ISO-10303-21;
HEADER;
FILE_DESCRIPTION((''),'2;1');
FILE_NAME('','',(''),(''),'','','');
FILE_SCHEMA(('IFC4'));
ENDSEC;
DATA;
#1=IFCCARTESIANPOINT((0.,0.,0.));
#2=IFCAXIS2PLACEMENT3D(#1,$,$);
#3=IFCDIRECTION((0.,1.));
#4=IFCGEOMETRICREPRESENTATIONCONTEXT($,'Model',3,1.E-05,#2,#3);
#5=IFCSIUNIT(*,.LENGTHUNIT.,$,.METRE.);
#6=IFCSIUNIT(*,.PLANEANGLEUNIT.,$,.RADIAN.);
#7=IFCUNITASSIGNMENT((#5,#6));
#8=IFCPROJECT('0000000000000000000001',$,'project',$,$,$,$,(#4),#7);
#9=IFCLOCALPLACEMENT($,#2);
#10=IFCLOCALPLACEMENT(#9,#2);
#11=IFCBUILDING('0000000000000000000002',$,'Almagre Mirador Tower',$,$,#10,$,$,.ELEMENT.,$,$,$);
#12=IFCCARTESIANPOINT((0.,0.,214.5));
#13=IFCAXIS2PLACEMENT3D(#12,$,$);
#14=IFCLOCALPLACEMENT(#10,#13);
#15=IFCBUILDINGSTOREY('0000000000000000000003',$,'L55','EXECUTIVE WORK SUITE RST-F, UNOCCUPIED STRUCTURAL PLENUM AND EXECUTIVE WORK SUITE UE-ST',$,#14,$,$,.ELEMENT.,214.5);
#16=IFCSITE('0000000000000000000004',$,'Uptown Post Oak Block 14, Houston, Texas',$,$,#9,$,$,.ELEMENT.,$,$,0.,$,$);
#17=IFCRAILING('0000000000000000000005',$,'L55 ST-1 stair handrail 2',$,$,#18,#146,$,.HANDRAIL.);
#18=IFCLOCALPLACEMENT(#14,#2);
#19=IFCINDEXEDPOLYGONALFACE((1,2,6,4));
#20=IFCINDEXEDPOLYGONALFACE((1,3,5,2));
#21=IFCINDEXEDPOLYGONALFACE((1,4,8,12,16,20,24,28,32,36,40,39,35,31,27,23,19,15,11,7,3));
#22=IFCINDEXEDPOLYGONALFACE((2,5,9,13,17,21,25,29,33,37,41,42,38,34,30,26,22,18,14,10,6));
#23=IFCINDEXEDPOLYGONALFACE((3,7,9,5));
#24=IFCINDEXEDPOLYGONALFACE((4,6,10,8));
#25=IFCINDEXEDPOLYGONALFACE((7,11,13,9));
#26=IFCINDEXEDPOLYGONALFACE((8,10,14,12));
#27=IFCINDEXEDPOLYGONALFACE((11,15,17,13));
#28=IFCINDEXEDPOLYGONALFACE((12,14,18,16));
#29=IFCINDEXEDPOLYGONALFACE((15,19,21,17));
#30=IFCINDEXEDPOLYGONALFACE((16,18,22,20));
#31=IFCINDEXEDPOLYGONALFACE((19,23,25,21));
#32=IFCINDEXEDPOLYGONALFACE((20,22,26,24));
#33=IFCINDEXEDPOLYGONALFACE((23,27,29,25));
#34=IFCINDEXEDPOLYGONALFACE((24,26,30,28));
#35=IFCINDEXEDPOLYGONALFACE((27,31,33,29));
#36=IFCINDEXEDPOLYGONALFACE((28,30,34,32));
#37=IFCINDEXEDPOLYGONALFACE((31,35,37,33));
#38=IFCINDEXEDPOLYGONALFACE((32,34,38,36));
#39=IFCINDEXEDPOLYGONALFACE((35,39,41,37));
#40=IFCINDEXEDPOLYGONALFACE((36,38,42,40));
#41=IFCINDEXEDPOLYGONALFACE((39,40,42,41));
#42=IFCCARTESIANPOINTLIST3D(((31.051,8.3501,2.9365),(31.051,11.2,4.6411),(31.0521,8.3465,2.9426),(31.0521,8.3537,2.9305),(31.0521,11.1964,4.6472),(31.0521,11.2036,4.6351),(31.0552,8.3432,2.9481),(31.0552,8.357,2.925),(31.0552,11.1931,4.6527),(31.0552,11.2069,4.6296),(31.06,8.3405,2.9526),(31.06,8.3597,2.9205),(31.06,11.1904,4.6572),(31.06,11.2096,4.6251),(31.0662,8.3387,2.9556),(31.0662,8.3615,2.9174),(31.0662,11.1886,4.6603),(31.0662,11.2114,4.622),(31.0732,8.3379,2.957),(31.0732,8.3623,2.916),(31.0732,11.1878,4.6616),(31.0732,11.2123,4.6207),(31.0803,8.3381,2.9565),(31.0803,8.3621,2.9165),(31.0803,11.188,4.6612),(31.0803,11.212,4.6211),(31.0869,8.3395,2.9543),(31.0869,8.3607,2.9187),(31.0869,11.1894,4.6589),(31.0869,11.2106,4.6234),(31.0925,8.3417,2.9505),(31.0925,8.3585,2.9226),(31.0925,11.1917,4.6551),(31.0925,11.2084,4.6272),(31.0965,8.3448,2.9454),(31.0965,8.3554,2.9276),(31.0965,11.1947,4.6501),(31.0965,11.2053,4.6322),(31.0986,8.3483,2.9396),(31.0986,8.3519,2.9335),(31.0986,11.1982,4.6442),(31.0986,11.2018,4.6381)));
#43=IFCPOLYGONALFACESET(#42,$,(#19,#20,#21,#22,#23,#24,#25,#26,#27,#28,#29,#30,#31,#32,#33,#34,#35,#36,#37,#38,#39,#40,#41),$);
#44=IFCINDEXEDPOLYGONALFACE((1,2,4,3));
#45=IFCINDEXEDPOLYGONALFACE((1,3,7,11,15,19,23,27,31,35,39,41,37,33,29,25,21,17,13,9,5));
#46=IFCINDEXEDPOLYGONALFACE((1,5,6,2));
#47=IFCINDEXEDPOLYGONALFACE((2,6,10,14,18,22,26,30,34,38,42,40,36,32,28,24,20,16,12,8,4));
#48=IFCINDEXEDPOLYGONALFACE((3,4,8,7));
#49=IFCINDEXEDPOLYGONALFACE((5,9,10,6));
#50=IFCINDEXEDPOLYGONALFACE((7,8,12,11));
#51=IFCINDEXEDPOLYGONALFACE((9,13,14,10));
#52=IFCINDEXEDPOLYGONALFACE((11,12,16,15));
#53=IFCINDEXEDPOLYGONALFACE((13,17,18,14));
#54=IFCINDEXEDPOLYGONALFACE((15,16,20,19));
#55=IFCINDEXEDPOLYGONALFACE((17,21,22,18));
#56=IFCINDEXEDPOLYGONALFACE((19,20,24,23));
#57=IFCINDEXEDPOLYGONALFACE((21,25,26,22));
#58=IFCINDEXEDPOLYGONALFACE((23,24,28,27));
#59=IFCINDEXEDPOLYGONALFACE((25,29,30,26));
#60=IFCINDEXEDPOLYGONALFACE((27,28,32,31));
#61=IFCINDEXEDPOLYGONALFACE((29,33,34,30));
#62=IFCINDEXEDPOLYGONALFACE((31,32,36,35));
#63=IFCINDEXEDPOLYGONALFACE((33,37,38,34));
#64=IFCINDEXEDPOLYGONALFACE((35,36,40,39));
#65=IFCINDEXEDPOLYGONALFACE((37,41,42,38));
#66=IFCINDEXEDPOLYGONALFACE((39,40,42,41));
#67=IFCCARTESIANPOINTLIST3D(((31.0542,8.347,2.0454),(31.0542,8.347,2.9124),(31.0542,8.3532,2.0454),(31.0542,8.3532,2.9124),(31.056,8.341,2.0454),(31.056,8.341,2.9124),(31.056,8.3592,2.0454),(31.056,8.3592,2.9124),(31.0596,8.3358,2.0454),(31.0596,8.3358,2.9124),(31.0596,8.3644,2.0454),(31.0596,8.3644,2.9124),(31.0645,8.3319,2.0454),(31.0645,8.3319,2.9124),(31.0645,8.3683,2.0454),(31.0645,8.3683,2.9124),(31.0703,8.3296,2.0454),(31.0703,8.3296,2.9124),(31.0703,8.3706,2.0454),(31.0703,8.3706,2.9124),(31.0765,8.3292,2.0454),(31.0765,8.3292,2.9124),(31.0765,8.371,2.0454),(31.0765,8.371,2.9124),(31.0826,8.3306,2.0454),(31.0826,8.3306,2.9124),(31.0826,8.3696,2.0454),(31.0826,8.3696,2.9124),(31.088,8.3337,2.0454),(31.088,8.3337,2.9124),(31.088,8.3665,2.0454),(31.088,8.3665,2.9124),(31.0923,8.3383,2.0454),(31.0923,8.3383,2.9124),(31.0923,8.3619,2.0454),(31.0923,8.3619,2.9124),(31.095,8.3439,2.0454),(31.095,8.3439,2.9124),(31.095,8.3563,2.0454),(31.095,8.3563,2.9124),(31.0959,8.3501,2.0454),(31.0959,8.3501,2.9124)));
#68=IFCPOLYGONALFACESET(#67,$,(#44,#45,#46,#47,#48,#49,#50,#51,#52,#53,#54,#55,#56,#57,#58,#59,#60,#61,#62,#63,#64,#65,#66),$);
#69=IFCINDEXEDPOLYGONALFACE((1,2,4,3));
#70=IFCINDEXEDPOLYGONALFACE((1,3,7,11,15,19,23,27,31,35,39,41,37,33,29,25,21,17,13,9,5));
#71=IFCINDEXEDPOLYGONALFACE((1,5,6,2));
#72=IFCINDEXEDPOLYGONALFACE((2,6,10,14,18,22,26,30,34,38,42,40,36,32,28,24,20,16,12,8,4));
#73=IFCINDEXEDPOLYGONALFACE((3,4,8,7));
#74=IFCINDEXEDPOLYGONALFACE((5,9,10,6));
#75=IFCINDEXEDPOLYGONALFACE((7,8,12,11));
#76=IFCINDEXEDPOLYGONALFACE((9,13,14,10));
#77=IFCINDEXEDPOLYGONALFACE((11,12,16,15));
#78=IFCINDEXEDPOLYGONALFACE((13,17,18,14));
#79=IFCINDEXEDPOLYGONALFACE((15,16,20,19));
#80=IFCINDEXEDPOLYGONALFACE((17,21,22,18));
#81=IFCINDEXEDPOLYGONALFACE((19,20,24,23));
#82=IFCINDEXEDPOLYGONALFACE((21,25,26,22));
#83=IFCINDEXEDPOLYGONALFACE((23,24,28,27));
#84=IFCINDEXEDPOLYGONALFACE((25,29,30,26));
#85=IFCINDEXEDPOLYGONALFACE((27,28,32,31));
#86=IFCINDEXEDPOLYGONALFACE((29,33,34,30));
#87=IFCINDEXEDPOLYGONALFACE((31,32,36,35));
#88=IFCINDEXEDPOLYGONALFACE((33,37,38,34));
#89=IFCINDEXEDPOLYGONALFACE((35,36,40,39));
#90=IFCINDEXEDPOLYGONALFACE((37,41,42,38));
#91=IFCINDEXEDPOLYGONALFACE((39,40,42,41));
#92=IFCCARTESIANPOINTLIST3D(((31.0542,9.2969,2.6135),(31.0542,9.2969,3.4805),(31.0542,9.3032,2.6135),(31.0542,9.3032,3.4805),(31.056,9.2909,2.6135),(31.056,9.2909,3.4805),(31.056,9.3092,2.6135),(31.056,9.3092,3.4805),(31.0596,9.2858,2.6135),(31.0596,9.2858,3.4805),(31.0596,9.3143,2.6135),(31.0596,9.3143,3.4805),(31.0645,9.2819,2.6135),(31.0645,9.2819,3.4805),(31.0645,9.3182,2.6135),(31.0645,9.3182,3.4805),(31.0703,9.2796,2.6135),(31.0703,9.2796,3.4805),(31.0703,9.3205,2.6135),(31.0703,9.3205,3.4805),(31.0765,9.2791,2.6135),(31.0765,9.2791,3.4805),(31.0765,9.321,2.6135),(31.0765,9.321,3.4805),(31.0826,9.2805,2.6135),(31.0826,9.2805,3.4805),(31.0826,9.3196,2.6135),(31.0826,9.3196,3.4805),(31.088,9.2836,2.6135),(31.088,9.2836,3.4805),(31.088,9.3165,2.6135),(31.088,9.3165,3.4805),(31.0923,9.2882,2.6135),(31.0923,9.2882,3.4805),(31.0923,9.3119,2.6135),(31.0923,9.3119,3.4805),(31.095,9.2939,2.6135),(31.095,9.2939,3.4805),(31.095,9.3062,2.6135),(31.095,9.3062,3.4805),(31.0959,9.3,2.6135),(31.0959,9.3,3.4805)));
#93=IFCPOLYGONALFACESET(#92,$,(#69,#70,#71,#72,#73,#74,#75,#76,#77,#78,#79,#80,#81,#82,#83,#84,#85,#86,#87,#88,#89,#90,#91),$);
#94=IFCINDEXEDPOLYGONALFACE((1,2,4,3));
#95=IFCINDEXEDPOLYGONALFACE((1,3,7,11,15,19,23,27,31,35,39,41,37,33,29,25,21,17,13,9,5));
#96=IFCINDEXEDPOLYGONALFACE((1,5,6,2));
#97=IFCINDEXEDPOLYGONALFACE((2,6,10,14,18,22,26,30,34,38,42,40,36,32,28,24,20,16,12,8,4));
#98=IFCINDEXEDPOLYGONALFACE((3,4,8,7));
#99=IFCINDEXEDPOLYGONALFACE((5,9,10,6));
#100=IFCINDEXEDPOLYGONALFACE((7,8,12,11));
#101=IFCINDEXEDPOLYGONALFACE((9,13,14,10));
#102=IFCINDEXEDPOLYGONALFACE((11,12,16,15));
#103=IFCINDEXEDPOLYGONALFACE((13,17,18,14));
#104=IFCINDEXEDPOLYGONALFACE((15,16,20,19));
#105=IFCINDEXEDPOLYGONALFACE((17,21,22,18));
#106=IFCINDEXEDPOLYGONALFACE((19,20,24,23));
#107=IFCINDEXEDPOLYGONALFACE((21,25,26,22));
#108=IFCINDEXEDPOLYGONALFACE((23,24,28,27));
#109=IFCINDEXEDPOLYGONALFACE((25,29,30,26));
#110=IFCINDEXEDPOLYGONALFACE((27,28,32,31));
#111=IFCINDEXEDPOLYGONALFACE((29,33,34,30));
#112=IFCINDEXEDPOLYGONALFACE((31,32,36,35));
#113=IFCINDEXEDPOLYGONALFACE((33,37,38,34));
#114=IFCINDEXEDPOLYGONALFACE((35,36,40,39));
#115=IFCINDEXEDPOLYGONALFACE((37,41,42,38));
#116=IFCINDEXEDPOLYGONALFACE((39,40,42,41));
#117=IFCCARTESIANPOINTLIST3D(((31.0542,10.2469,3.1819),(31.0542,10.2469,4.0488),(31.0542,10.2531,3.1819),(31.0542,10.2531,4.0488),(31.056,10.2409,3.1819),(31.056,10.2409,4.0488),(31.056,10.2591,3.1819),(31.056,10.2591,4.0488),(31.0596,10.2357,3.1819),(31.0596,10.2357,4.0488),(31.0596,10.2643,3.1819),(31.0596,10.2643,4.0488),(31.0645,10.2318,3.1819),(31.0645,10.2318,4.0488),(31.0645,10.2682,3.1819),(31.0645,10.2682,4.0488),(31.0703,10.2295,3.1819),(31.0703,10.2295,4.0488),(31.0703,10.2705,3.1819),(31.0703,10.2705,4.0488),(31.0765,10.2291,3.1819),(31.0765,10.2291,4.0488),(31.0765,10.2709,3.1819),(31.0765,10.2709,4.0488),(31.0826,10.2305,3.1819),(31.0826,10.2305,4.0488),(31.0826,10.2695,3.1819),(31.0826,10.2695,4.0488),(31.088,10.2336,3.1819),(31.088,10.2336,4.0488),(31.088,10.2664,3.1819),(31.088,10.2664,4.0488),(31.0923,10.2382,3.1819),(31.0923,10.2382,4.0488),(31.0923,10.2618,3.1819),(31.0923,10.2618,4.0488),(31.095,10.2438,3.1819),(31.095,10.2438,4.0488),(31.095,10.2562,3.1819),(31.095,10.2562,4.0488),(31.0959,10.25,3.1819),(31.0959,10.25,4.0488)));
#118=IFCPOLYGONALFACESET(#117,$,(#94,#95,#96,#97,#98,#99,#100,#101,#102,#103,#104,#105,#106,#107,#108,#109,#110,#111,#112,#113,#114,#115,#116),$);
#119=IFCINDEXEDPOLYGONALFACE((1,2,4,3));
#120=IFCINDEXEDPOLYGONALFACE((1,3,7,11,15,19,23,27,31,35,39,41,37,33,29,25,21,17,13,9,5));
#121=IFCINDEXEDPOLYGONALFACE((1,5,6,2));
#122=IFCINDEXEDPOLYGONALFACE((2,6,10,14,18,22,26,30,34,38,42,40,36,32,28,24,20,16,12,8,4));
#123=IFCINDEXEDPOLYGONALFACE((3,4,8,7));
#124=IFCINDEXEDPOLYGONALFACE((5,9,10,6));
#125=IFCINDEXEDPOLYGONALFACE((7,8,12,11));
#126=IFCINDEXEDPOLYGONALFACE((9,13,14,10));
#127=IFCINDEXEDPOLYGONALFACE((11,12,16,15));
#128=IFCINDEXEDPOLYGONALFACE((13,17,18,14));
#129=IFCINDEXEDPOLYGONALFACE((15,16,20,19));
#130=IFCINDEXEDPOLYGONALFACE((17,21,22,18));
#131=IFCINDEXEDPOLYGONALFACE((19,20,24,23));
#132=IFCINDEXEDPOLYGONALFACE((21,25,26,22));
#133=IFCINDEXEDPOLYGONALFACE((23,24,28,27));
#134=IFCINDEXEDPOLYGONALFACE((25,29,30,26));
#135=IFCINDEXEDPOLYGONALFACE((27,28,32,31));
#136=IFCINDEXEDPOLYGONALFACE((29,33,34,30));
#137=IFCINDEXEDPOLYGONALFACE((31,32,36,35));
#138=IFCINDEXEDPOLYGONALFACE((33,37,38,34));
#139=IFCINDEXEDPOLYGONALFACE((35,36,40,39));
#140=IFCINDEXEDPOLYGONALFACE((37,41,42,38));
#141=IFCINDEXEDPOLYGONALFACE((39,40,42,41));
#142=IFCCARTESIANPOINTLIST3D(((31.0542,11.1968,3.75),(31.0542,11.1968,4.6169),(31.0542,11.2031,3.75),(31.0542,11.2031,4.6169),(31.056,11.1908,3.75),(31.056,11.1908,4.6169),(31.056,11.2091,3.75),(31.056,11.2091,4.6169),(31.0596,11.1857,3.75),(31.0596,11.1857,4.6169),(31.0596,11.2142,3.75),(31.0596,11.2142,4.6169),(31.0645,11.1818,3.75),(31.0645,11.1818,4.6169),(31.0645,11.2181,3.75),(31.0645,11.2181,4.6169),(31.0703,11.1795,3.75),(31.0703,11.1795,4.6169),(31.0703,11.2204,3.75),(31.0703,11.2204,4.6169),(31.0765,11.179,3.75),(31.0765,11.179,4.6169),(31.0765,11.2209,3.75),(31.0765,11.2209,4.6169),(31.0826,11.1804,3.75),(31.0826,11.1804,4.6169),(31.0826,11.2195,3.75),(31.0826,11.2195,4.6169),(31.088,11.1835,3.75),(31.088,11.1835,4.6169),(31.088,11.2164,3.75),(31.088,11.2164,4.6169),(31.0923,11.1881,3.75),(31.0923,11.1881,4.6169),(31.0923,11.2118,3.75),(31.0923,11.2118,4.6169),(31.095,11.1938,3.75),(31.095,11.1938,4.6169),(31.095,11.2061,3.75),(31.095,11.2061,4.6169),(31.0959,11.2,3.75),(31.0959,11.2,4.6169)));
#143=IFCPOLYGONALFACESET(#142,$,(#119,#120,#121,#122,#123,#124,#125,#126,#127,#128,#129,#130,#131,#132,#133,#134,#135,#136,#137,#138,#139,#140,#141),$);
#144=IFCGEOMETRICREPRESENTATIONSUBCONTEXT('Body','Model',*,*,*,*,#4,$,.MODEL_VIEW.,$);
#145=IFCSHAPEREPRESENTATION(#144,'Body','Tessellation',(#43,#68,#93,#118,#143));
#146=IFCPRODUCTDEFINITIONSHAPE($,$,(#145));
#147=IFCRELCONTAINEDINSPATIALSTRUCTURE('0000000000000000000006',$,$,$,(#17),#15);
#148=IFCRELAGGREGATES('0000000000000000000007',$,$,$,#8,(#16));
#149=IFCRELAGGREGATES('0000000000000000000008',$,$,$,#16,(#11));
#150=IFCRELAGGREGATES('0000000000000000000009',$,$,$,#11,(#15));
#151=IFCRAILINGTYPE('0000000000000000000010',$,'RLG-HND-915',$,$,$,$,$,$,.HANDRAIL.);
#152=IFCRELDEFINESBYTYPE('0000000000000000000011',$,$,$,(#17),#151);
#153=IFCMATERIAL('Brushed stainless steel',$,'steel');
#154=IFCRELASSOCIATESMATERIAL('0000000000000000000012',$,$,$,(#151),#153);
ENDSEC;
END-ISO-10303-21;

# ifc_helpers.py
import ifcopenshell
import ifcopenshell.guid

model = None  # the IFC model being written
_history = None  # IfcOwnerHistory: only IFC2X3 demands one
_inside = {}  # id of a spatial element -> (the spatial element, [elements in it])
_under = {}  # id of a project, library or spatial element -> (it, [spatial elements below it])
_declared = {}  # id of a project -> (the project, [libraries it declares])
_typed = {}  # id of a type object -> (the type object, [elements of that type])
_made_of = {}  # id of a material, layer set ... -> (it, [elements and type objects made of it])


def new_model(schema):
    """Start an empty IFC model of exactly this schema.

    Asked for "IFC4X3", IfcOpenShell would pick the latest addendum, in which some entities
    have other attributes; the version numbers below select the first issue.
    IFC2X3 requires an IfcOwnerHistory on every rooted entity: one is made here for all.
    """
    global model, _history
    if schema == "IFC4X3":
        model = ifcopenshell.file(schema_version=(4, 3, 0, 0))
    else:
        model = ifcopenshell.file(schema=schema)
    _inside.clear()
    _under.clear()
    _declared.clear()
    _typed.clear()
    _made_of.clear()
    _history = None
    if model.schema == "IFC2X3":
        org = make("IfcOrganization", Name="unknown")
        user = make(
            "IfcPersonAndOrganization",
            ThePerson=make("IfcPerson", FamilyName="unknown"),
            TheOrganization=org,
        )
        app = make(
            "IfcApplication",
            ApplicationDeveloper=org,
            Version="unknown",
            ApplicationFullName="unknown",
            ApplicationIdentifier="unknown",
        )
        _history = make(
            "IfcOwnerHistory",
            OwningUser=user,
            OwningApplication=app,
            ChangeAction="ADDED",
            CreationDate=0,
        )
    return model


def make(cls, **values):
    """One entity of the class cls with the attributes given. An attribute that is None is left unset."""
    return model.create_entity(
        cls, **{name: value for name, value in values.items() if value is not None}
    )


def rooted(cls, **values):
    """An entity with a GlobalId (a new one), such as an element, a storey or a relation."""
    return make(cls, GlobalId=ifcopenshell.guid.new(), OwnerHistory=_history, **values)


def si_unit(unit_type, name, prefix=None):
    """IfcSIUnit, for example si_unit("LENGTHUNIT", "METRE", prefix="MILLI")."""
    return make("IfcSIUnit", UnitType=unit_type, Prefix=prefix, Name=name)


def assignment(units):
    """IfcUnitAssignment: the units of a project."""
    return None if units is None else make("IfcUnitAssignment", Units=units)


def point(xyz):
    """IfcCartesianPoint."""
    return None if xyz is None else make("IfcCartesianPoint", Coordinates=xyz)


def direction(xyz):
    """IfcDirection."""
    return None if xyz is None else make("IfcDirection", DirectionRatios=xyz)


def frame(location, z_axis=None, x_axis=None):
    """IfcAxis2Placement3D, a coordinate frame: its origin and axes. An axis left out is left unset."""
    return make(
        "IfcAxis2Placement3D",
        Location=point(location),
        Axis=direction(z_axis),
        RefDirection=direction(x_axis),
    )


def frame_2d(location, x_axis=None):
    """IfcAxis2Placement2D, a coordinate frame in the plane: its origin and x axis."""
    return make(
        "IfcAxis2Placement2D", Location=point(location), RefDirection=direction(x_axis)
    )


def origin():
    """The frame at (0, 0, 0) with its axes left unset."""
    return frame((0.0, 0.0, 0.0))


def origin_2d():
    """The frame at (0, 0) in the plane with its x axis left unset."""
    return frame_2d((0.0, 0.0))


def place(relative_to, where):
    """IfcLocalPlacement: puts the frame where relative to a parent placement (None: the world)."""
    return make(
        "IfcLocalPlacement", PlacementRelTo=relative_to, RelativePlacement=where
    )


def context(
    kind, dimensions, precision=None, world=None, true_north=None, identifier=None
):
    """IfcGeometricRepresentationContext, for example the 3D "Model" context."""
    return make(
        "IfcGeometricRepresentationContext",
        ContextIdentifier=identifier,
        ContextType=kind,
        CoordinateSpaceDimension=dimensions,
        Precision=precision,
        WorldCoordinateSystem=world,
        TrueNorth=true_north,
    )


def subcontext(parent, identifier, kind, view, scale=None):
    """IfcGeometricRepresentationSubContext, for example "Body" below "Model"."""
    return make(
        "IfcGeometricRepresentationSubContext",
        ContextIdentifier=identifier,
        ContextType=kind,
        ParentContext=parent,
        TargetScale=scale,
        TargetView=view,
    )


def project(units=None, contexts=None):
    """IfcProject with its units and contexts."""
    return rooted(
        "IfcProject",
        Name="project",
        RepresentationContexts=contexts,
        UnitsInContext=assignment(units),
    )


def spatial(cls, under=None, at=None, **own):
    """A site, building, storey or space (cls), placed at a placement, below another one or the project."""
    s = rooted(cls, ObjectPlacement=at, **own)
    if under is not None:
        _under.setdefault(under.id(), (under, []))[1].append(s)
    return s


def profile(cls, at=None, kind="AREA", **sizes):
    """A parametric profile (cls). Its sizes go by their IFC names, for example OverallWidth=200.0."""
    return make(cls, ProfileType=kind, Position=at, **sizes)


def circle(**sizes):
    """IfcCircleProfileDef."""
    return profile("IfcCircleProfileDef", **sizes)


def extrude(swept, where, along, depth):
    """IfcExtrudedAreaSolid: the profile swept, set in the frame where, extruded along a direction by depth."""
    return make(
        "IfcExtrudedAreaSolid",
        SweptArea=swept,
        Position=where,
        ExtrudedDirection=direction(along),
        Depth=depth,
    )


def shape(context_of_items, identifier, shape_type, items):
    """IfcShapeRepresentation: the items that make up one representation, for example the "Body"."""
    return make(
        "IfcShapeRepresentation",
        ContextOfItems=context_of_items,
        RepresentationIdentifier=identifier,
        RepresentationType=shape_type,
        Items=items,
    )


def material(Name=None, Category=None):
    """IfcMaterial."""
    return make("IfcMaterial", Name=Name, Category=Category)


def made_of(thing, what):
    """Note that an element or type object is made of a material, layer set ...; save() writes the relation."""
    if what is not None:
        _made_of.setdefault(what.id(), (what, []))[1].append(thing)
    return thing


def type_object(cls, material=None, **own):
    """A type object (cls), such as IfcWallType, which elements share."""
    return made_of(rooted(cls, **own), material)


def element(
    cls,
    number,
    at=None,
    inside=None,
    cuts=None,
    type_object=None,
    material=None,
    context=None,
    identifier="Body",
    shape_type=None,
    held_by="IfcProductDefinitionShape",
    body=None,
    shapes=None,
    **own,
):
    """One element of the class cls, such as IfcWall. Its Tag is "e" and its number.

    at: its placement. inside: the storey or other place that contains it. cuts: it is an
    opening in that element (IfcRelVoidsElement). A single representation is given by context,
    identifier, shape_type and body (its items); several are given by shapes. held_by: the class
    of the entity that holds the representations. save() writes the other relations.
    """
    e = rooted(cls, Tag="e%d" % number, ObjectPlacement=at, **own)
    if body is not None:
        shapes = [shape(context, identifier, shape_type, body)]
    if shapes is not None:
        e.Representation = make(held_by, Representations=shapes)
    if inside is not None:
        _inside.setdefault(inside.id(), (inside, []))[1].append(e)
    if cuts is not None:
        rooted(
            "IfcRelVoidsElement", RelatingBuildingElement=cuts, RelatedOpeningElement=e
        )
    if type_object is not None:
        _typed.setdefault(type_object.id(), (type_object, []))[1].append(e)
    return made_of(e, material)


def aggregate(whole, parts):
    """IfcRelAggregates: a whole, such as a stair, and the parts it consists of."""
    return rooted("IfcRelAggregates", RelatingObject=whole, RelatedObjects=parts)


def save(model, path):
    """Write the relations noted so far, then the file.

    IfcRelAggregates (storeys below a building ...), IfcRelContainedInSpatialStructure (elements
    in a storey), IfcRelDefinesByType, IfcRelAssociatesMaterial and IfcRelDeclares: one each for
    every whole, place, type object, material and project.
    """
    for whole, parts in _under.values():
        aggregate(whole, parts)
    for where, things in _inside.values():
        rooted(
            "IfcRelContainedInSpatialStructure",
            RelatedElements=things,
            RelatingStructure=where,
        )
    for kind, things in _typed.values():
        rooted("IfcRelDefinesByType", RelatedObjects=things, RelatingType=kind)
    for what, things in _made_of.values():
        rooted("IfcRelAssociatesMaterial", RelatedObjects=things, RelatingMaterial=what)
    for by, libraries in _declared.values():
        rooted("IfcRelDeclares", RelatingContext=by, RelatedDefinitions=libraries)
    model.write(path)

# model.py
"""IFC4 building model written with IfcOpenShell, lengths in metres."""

from ifc_helpers import new_model, si_unit, direction, frame, origin, origin_2d, place, context, subcontext, project, spatial, circle, extrude, material, type_object, element, save


model = new_model("IFC4")

# Units and contexts
model_context = context("Model", 3, precision=1e-05, world=origin(), true_north=direction((0.0, 1.0)))
body_context = subcontext(model_context, "Body", "Model", "MODEL_VIEW")
ifc_project = project(units=[si_unit("LENGTHUNIT", "METRE"), si_unit("PLANEANGLEUNIT", "RADIAN")], contexts=[model_context])

# Site, building, storey
site_placement = place(None, origin())
site = spatial("IfcSite", under=ifc_project, at=site_placement, Name="Uptown Post Oak Block 14, Houston, Texas", CompositionType="ELEMENT", RefElevation=0.0)
building_placement = place(site_placement, origin())
building = spatial("IfcBuilding", under=site, at=building_placement, Name="Almagre Mirador Tower", CompositionType="ELEMENT")
storey_placement = place(building_placement, frame((0.0, 0.0, 214.5)))
storey = spatial("IfcBuildingStorey", under=building, at=storey_placement, Name="L55", Description="EXECUTIVE WORK SUITE RST-F, UNOCCUPIED STRUCTURAL PLENUM AND EXECUTIVE WORK SUITE UE-ST", CompositionType="ELEMENT", Elevation=214.5)

# Railing
ifc_material_1 = material(Name="Brushed stainless steel", Category="steel")
railing_type_1 = type_object("IfcRailingType", Name="RLG-HND-915", PredefinedType="HANDRAIL", material=ifc_material_1)
railing_1_placement = place(storey_placement, frame((31.075, 8.3501, 2.0454)))
element("IfcRailing", 1, at=railing_1_placement, inside=storey, type_object=railing_type_1, Name="L55 ST-1 stair handrail 2", PredefinedType="HANDRAIL", context=body_context, shape_type="SweptSolid", body=[
    extrude(circle(Radius=0.0239, at=origin_2d()), frame((0.0, 0.0, 0.8911), z_axis=(0.0, 0.858199, 0.513317), x_axis=(-1.0, 0.0, 0.0)), (0.0, 0.0, 1.0), 3.3208),
    extrude(circle(Radius=0.021, at=origin_2d()), origin(), (0.0, 0.0, 1.0), 0.8669),
    extrude(circle(Radius=0.021, at=origin_2d()), frame((0.0, 0.95, 0.5681)), (0.0, 0.0, 1.0), 0.8669),
    extrude(circle(Radius=0.021, at=origin_2d()), frame((0.0, 1.8999, 1.1365)), (0.0, 0.0, 1.0), 0.8669),
    extrude(circle(Radius=0.021, at=origin_2d()), frame((0.0, 2.8499, 1.7046)), (0.0, 0.0, 1.0), 0.8669),
])

save(model, "model.ifc")
